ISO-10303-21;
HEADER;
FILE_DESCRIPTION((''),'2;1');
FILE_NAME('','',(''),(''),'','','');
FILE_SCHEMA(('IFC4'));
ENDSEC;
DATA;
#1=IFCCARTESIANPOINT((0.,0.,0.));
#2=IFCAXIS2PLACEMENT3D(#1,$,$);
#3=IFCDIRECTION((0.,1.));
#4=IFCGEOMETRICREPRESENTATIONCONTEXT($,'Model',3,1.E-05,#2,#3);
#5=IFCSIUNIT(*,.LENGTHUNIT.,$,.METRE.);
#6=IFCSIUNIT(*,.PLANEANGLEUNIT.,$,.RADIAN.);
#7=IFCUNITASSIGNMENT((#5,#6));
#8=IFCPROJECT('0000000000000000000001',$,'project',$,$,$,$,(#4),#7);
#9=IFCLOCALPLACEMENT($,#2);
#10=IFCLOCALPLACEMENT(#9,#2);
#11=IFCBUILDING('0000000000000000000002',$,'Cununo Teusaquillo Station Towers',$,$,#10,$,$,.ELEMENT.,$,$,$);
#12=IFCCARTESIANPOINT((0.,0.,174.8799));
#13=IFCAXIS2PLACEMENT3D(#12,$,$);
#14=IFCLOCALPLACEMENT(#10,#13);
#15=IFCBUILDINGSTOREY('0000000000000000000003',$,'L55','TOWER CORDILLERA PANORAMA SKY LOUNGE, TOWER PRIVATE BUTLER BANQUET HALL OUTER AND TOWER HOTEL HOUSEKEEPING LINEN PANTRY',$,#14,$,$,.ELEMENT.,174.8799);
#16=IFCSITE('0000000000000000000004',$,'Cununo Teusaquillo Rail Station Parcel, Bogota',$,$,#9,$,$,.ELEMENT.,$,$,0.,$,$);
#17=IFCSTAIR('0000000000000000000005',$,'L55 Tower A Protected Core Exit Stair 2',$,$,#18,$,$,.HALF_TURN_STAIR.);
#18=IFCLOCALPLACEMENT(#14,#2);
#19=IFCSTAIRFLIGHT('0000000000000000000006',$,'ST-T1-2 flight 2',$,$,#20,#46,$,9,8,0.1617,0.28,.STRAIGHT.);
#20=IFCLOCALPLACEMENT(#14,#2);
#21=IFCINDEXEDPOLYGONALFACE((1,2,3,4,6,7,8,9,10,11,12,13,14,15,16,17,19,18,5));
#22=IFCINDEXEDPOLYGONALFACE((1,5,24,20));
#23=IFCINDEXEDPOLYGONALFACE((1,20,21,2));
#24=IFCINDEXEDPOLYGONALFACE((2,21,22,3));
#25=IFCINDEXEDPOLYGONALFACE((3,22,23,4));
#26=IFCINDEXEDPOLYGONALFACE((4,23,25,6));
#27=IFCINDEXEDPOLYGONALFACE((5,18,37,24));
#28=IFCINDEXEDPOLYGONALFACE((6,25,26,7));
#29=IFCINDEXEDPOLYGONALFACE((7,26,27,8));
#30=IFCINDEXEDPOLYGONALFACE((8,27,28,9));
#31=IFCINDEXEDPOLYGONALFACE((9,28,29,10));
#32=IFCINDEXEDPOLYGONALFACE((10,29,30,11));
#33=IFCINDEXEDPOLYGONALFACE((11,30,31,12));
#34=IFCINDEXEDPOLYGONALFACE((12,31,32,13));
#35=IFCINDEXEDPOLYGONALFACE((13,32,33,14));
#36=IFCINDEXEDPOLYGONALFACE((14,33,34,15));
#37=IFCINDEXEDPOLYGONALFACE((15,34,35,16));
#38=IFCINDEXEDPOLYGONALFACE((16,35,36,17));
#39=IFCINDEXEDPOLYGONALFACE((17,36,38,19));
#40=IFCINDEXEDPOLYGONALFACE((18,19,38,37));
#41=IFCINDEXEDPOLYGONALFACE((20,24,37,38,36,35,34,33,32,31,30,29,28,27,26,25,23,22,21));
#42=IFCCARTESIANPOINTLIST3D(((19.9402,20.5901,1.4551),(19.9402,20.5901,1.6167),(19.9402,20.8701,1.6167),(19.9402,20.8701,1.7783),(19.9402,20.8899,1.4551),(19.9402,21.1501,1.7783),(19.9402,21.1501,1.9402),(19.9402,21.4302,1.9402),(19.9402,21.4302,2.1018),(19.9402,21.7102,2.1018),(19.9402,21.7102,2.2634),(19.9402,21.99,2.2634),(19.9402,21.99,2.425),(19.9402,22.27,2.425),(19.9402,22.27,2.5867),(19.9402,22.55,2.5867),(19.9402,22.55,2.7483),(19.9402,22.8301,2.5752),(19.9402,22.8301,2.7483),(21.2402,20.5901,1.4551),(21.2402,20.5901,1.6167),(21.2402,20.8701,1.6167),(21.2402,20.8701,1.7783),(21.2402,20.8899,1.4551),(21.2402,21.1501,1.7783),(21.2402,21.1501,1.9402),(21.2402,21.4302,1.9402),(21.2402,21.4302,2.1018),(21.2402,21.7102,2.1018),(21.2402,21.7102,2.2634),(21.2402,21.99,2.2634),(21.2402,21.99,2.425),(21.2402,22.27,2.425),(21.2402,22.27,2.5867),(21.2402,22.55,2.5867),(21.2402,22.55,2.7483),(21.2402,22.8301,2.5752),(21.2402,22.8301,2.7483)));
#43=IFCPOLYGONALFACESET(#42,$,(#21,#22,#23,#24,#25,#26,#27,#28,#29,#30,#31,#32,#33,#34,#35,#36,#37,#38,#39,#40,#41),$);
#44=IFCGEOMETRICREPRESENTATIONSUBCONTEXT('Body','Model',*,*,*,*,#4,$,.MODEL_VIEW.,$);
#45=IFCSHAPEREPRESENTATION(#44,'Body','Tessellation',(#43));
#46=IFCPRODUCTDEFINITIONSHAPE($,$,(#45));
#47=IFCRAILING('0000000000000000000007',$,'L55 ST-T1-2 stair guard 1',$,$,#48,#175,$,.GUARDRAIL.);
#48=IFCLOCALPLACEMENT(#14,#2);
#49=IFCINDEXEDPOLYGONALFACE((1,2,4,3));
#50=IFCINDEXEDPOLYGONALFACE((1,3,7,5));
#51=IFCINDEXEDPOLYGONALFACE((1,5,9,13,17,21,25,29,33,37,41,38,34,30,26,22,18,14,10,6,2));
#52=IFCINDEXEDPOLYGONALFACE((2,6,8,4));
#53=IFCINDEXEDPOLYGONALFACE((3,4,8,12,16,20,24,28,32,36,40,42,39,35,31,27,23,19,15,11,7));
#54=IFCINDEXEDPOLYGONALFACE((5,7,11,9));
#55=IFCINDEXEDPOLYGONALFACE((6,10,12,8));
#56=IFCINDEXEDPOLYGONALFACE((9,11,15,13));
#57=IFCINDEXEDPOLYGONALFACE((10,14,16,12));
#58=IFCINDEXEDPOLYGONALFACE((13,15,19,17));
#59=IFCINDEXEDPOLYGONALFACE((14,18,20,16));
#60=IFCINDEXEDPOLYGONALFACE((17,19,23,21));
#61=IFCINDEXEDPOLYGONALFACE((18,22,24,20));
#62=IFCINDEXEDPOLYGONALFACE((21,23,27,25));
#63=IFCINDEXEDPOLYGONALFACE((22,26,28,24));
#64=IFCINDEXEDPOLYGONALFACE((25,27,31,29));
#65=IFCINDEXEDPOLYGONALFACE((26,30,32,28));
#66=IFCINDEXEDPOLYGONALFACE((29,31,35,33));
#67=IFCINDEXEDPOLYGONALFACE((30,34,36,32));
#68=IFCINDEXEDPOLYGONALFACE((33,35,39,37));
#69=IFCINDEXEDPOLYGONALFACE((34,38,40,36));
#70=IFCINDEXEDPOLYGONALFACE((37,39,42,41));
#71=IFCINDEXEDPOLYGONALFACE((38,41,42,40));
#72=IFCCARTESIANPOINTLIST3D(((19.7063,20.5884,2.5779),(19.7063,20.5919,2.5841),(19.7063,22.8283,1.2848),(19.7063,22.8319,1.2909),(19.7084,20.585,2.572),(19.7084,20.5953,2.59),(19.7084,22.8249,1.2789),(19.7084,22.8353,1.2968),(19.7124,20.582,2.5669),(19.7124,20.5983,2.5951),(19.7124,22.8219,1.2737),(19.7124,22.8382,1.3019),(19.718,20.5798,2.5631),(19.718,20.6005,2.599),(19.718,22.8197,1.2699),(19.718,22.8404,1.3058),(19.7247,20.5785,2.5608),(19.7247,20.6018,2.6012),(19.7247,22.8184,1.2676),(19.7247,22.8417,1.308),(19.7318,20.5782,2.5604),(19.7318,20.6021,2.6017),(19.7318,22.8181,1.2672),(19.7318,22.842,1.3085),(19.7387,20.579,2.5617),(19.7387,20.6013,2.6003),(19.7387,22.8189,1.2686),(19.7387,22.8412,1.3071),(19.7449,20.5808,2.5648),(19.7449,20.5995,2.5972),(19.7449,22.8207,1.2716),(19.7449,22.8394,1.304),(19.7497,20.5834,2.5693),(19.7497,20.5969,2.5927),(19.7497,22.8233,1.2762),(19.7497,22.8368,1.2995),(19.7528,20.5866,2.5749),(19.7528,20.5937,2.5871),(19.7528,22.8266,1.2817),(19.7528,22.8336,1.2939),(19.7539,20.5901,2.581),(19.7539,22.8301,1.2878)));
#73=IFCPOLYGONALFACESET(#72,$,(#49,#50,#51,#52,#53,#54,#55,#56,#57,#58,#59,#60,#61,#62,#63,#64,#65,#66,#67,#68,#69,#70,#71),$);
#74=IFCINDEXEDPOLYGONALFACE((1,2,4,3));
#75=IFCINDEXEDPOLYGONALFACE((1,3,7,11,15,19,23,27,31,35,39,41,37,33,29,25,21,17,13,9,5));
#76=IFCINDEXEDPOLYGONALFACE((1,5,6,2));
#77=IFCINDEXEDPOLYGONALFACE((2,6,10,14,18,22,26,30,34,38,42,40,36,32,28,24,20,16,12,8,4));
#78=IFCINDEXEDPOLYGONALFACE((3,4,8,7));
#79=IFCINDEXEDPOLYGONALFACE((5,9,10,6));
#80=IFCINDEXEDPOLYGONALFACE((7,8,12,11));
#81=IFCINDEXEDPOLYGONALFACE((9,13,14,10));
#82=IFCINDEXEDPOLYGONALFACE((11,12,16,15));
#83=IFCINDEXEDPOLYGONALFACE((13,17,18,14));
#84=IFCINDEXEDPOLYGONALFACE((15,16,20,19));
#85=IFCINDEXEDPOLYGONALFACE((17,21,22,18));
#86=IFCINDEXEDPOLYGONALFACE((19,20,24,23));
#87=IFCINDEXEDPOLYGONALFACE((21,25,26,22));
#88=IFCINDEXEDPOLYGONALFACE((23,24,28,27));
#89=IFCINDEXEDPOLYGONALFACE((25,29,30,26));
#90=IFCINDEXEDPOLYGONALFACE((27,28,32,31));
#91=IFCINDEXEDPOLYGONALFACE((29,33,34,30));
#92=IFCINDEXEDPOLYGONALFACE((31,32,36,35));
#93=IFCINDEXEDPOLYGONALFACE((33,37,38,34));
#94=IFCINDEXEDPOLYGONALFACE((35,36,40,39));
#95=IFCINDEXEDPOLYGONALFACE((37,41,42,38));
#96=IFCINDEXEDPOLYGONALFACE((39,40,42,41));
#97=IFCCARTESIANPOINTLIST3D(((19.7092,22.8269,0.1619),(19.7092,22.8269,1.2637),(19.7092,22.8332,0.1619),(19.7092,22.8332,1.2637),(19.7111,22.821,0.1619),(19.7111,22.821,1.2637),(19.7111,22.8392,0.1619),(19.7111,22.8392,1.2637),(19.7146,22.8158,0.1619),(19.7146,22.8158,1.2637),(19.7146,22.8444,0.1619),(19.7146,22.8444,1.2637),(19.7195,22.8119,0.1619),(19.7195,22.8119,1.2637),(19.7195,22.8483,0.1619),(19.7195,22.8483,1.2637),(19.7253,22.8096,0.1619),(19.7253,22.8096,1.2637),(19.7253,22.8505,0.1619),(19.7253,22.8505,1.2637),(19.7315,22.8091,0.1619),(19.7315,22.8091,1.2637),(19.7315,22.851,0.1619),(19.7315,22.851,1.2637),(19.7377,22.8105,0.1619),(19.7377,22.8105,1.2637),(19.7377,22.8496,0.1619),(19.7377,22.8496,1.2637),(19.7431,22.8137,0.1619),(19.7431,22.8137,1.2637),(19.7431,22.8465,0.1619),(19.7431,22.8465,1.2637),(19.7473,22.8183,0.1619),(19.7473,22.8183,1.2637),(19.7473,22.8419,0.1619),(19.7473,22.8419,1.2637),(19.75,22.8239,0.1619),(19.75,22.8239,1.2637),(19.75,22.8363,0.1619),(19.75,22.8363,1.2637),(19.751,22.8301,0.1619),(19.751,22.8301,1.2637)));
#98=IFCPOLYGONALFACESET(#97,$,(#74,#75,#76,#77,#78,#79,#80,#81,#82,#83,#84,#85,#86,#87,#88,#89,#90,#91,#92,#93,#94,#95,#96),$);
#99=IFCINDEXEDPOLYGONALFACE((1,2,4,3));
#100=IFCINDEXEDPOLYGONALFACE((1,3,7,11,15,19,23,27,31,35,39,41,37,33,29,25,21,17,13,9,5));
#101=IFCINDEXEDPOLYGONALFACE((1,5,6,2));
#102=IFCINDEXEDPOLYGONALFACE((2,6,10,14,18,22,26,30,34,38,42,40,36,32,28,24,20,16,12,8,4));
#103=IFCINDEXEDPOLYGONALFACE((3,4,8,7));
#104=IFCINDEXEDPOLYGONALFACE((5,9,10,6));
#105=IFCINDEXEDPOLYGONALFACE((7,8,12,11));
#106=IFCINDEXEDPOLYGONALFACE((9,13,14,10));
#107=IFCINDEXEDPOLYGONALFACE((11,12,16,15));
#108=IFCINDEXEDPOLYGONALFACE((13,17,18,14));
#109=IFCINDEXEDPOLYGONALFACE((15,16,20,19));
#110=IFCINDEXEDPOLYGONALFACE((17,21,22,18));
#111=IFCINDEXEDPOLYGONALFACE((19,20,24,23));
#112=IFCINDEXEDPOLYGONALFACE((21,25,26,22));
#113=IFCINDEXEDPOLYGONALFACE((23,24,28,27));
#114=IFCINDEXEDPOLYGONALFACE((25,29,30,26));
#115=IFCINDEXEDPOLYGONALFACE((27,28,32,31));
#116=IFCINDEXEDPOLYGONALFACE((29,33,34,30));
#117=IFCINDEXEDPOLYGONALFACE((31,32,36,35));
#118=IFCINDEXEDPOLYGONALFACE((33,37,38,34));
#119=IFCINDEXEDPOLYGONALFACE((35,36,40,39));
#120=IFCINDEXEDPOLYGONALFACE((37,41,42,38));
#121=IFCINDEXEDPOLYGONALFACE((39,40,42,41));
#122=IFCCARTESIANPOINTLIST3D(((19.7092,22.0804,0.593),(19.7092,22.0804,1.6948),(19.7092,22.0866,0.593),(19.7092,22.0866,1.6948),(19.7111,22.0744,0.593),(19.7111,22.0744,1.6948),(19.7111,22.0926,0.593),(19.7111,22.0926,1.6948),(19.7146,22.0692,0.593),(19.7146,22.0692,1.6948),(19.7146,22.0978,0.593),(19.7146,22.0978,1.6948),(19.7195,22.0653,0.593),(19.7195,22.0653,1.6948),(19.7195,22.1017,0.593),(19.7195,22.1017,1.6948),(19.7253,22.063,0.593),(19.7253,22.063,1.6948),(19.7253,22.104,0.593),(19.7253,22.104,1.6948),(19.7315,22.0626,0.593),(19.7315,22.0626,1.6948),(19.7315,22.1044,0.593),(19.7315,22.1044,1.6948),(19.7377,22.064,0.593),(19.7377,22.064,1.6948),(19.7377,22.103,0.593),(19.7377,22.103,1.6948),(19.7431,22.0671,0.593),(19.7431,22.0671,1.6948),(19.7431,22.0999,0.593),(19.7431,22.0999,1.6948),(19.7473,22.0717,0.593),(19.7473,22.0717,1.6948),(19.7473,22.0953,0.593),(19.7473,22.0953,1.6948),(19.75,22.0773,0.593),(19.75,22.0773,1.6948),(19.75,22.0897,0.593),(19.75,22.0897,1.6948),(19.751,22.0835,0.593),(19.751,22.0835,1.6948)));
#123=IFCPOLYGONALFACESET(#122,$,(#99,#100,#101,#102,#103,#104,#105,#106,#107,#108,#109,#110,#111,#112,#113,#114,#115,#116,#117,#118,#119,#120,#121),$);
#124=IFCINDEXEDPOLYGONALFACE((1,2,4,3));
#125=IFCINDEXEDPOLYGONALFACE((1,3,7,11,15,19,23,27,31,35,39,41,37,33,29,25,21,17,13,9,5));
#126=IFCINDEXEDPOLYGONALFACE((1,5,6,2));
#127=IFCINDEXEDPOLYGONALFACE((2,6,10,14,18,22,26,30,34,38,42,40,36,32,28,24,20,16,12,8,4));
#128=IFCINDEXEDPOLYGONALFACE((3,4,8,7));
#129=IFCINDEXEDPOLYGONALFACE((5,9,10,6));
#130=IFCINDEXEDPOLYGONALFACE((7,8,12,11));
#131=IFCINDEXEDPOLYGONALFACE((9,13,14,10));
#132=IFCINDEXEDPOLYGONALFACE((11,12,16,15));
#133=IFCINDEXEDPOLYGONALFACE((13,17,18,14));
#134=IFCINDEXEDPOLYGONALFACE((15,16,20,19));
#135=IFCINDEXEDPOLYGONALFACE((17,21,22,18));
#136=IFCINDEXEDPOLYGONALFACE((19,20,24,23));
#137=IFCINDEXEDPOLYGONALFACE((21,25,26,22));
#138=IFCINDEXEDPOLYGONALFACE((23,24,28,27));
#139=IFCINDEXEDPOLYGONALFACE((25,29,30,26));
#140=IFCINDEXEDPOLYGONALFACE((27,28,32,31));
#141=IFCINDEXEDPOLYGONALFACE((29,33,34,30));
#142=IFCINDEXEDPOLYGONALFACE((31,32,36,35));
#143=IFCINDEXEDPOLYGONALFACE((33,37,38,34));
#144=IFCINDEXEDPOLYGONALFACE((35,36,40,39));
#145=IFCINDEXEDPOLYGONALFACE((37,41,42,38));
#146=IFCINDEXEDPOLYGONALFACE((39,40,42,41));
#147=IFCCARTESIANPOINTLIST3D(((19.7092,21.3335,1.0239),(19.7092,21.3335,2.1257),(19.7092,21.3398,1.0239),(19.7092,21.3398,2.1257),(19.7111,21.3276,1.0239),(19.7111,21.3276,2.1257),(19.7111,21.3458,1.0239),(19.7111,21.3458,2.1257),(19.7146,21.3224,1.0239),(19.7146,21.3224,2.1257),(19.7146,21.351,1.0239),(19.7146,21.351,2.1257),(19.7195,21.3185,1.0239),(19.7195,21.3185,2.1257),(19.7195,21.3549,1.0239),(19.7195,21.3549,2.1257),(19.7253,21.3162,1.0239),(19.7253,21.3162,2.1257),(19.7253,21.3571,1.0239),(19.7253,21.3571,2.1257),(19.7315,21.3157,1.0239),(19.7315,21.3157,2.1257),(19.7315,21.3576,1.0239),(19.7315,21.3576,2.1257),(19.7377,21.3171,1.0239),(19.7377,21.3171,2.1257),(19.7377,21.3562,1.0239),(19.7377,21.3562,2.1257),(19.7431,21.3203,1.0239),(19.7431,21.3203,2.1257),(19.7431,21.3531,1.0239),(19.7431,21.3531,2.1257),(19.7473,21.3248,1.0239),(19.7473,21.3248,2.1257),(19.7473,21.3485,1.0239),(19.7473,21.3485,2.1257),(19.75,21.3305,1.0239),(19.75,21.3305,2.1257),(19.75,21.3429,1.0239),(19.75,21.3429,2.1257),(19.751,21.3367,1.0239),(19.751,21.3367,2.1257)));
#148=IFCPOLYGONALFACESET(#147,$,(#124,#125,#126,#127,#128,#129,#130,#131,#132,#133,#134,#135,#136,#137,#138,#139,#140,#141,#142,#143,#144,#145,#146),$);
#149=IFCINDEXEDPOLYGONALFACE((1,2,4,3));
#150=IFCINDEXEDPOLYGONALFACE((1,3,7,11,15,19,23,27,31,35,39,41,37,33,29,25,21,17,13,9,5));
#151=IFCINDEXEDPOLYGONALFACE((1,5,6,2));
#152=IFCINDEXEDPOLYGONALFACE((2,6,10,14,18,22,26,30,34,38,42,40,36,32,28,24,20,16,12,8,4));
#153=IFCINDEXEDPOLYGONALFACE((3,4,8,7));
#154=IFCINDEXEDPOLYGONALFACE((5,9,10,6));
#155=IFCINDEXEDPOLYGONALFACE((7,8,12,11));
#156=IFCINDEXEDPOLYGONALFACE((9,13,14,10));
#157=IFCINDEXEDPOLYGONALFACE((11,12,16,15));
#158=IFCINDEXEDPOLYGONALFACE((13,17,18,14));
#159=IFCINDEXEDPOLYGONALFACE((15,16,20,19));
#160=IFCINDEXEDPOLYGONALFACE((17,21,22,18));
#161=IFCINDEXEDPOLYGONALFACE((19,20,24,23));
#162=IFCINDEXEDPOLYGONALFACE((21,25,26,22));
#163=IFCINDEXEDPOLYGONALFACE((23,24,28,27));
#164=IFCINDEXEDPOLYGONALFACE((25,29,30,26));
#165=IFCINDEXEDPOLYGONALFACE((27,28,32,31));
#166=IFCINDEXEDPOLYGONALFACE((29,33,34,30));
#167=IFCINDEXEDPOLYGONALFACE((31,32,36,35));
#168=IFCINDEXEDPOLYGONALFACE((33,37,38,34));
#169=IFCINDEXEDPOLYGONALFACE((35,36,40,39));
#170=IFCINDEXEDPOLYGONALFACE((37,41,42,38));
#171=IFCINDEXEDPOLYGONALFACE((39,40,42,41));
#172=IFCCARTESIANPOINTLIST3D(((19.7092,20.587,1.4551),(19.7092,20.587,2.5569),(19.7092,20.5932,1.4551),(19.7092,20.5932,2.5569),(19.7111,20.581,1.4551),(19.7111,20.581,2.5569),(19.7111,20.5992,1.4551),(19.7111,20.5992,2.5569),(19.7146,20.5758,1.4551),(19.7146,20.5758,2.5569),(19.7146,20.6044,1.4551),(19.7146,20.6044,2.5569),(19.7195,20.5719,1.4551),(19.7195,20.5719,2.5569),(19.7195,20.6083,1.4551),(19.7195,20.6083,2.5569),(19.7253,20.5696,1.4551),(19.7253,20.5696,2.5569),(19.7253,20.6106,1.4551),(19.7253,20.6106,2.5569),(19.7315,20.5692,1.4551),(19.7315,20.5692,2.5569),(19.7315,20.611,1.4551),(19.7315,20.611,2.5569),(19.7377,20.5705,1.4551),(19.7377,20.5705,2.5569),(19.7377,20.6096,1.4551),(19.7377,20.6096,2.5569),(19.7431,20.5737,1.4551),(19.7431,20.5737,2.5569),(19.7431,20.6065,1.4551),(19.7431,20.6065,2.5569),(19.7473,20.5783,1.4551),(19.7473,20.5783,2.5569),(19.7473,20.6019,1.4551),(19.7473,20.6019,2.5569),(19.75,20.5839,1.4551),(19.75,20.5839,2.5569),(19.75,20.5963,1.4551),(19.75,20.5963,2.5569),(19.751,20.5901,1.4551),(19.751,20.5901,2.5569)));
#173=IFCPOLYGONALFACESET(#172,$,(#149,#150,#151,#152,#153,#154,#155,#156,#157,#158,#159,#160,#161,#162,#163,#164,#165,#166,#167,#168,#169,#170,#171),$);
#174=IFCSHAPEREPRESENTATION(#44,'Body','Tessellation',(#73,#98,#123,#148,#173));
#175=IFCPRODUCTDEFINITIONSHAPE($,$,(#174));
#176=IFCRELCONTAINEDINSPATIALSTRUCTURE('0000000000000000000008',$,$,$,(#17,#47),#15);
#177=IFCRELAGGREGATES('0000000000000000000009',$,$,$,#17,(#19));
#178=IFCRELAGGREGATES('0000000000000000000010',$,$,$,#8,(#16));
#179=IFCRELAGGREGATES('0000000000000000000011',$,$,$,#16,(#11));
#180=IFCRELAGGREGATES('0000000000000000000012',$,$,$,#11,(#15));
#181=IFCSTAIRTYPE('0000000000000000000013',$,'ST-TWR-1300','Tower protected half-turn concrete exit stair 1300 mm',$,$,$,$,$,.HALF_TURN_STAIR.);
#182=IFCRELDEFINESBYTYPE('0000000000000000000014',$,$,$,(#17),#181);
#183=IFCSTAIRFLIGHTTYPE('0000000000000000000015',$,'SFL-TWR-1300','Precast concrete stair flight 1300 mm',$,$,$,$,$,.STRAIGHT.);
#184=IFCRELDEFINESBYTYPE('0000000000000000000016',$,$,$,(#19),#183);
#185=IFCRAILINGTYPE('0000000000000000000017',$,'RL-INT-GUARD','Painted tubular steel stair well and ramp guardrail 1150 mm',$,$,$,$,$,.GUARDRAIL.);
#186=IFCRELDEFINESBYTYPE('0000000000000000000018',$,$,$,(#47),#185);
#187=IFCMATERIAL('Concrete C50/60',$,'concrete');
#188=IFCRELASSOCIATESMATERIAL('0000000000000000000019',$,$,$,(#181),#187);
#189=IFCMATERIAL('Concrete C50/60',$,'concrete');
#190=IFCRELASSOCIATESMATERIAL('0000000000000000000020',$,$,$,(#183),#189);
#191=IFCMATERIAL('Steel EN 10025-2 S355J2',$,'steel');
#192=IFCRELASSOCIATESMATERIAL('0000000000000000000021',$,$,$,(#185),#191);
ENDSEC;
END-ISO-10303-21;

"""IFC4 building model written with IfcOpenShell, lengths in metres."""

from ifc_helpers import new_model, si_unit, direction, frame, origin, origin_2d, place, context, subcontext, project, spatial, polyline, circle, outline, extrude, material, type_object, element, aggregate, save


model = new_model("IFC4")

# Units and contexts
model_context = context("Model", 3, precision=1e-05, world=origin(), true_north=direction((0.0, 1.0)))
body_context = subcontext(model_context, "Body", "Model", "MODEL_VIEW")
ifc_project = project(units=[si_unit("LENGTHUNIT", "METRE"), si_unit("PLANEANGLEUNIT", "RADIAN")], contexts=[model_context])

# Site, building, storey
site_placement = place(None, origin())
site = spatial("IfcSite", under=ifc_project, at=site_placement, Name="Cununo Teusaquillo Rail Station Parcel, Bogota", CompositionType="ELEMENT", RefElevation=0.0)
building_placement = place(site_placement, origin())
building = spatial("IfcBuilding", under=site, at=building_placement, Name="Cununo Teusaquillo Station Towers", CompositionType="ELEMENT")
storey_placement = place(building_placement, frame((0.0, 0.0, 174.8799)))
storey = spatial("IfcBuildingStorey", under=building, at=storey_placement, Name="L55", Description="TOWER CORDILLERA PANORAMA SKY LOUNGE, TOWER PRIVATE BUTLER BANQUET HALL OUTER AND TOWER HOTEL HOUSEKEEPING LINEN PANTRY", CompositionType="ELEMENT", Elevation=174.8799)

# Stair, stair flight
ifc_material_1 = material(Name="Concrete C50/60", Category="concrete")
stair_type = type_object("IfcStairType", Name="ST-TWR-1300", Description="Tower protected half-turn concrete exit stair 1300 mm", PredefinedType="HALF_TURN_STAIR", material=ifc_material_1)
stair_placement = place(storey_placement, origin())
stair = element("IfcStair", 1, at=stair_placement, inside=storey, type_object=stair_type, Name="L55 Tower A Protected Core Exit Stair 2", PredefinedType="HALF_TURN_STAIR")
ifc_material_2 = material(Name="Concrete C50/60", Category="concrete")
stair_flight_type = type_object("IfcStairFlightType", Name="SFL-TWR-1300", Description="Precast concrete stair flight 1300 mm", PredefinedType="STRAIGHT", material=ifc_material_2)
stair_flight_1_placement = place(storey_placement, frame((20.5901, 20.5901, 1.4551), z_axis=(0.0, 0.0, 1.0), x_axis=(0.0, 1.0, 0.0)))
stair_flight_1 = element("IfcStairFlight", 2, at=stair_flight_1_placement, type_object=stair_flight_type, Name="ST-T1-2 flight 2", NumberOfRisers=9, NumberOfTreads=8, PredefinedType="STRAIGHT", RiserHeight=0.1617, TreadLength=0.28, context=body_context, shape_type="SweptSolid", body=[
    extrude(outline(polyline([(0.0, 0.0), (0.0, 0.1616), (0.28, 0.1616), (0.28, 0.3232), (0.5601, 0.3232), (0.5601, 0.4851), (0.8401, 0.4851), (0.8401, 0.6467), (1.1201, 0.6467), (1.1201, 0.8083), (1.3999, 0.8083), (1.3999, 0.97), (1.6799, 0.97), (1.6799, 1.1316), (1.96, 1.1316), (1.96, 1.2932), (2.24, 1.2932), (2.24, 1.4551), (2.24, 1.1201), (0.2998, 0.0), (0.0, 0.0)])), frame((0.0, 0.6499, 0.0), z_axis=(0.0, -1.0, 0.0), x_axis=(1.0, 0.0, 0.0)), (0.0, 0.0, 1.0), 1.3),
])
aggregate(stair, [stair_flight_1])

# Railing
ifc_material_3 = material(Name="Steel EN 10025-2 S355J2", Category="steel")
railing_type_1 = type_object("IfcRailingType", Name="RL-INT-GUARD", Description="Painted tubular steel stair well and ramp guardrail 1150 mm", PredefinedType="GUARDRAIL", material=ifc_material_3)
railing_1_placement = place(storey_placement, frame((19.73, 22.8301, 0.1619)))
element("IfcRailing", 3, at=railing_1_placement, inside=storey, type_object=railing_type_1, Name="L55 ST-T1-2 stair guard 1", PredefinedType="GUARDRAIL", context=body_context, shape_type="SweptSolid", body=[
    extrude(circle(Radius=0.0239, at=origin_2d()), frame((0.0, 0.0, 1.126), z_axis=(0.0, -0.866033, 0.499987), x_axis=(1.0, 0.0, 0.0)), (0.0, 0.0, 1.0), 2.5864),
    extrude(circle(Radius=0.021, at=origin_2d()), origin(), (0.0, 0.0, 1.0), 1.1018),
    extrude(circle(Radius=0.021, at=origin_2d()), frame((0.0, -0.7466, 0.4312)), (0.0, 0.0, 1.0), 1.1018),
    extrude(circle(Radius=0.021, at=origin_2d()), frame((0.0, -1.4934, 0.8621)), (0.0, 0.0, 1.0), 1.1018),
    extrude(circle(Radius=0.021, at=origin_2d()), frame((0.0, -2.24, 1.2932)), (0.0, 0.0, 1.0), 1.1018),
])

save(model, "model.ifc")
